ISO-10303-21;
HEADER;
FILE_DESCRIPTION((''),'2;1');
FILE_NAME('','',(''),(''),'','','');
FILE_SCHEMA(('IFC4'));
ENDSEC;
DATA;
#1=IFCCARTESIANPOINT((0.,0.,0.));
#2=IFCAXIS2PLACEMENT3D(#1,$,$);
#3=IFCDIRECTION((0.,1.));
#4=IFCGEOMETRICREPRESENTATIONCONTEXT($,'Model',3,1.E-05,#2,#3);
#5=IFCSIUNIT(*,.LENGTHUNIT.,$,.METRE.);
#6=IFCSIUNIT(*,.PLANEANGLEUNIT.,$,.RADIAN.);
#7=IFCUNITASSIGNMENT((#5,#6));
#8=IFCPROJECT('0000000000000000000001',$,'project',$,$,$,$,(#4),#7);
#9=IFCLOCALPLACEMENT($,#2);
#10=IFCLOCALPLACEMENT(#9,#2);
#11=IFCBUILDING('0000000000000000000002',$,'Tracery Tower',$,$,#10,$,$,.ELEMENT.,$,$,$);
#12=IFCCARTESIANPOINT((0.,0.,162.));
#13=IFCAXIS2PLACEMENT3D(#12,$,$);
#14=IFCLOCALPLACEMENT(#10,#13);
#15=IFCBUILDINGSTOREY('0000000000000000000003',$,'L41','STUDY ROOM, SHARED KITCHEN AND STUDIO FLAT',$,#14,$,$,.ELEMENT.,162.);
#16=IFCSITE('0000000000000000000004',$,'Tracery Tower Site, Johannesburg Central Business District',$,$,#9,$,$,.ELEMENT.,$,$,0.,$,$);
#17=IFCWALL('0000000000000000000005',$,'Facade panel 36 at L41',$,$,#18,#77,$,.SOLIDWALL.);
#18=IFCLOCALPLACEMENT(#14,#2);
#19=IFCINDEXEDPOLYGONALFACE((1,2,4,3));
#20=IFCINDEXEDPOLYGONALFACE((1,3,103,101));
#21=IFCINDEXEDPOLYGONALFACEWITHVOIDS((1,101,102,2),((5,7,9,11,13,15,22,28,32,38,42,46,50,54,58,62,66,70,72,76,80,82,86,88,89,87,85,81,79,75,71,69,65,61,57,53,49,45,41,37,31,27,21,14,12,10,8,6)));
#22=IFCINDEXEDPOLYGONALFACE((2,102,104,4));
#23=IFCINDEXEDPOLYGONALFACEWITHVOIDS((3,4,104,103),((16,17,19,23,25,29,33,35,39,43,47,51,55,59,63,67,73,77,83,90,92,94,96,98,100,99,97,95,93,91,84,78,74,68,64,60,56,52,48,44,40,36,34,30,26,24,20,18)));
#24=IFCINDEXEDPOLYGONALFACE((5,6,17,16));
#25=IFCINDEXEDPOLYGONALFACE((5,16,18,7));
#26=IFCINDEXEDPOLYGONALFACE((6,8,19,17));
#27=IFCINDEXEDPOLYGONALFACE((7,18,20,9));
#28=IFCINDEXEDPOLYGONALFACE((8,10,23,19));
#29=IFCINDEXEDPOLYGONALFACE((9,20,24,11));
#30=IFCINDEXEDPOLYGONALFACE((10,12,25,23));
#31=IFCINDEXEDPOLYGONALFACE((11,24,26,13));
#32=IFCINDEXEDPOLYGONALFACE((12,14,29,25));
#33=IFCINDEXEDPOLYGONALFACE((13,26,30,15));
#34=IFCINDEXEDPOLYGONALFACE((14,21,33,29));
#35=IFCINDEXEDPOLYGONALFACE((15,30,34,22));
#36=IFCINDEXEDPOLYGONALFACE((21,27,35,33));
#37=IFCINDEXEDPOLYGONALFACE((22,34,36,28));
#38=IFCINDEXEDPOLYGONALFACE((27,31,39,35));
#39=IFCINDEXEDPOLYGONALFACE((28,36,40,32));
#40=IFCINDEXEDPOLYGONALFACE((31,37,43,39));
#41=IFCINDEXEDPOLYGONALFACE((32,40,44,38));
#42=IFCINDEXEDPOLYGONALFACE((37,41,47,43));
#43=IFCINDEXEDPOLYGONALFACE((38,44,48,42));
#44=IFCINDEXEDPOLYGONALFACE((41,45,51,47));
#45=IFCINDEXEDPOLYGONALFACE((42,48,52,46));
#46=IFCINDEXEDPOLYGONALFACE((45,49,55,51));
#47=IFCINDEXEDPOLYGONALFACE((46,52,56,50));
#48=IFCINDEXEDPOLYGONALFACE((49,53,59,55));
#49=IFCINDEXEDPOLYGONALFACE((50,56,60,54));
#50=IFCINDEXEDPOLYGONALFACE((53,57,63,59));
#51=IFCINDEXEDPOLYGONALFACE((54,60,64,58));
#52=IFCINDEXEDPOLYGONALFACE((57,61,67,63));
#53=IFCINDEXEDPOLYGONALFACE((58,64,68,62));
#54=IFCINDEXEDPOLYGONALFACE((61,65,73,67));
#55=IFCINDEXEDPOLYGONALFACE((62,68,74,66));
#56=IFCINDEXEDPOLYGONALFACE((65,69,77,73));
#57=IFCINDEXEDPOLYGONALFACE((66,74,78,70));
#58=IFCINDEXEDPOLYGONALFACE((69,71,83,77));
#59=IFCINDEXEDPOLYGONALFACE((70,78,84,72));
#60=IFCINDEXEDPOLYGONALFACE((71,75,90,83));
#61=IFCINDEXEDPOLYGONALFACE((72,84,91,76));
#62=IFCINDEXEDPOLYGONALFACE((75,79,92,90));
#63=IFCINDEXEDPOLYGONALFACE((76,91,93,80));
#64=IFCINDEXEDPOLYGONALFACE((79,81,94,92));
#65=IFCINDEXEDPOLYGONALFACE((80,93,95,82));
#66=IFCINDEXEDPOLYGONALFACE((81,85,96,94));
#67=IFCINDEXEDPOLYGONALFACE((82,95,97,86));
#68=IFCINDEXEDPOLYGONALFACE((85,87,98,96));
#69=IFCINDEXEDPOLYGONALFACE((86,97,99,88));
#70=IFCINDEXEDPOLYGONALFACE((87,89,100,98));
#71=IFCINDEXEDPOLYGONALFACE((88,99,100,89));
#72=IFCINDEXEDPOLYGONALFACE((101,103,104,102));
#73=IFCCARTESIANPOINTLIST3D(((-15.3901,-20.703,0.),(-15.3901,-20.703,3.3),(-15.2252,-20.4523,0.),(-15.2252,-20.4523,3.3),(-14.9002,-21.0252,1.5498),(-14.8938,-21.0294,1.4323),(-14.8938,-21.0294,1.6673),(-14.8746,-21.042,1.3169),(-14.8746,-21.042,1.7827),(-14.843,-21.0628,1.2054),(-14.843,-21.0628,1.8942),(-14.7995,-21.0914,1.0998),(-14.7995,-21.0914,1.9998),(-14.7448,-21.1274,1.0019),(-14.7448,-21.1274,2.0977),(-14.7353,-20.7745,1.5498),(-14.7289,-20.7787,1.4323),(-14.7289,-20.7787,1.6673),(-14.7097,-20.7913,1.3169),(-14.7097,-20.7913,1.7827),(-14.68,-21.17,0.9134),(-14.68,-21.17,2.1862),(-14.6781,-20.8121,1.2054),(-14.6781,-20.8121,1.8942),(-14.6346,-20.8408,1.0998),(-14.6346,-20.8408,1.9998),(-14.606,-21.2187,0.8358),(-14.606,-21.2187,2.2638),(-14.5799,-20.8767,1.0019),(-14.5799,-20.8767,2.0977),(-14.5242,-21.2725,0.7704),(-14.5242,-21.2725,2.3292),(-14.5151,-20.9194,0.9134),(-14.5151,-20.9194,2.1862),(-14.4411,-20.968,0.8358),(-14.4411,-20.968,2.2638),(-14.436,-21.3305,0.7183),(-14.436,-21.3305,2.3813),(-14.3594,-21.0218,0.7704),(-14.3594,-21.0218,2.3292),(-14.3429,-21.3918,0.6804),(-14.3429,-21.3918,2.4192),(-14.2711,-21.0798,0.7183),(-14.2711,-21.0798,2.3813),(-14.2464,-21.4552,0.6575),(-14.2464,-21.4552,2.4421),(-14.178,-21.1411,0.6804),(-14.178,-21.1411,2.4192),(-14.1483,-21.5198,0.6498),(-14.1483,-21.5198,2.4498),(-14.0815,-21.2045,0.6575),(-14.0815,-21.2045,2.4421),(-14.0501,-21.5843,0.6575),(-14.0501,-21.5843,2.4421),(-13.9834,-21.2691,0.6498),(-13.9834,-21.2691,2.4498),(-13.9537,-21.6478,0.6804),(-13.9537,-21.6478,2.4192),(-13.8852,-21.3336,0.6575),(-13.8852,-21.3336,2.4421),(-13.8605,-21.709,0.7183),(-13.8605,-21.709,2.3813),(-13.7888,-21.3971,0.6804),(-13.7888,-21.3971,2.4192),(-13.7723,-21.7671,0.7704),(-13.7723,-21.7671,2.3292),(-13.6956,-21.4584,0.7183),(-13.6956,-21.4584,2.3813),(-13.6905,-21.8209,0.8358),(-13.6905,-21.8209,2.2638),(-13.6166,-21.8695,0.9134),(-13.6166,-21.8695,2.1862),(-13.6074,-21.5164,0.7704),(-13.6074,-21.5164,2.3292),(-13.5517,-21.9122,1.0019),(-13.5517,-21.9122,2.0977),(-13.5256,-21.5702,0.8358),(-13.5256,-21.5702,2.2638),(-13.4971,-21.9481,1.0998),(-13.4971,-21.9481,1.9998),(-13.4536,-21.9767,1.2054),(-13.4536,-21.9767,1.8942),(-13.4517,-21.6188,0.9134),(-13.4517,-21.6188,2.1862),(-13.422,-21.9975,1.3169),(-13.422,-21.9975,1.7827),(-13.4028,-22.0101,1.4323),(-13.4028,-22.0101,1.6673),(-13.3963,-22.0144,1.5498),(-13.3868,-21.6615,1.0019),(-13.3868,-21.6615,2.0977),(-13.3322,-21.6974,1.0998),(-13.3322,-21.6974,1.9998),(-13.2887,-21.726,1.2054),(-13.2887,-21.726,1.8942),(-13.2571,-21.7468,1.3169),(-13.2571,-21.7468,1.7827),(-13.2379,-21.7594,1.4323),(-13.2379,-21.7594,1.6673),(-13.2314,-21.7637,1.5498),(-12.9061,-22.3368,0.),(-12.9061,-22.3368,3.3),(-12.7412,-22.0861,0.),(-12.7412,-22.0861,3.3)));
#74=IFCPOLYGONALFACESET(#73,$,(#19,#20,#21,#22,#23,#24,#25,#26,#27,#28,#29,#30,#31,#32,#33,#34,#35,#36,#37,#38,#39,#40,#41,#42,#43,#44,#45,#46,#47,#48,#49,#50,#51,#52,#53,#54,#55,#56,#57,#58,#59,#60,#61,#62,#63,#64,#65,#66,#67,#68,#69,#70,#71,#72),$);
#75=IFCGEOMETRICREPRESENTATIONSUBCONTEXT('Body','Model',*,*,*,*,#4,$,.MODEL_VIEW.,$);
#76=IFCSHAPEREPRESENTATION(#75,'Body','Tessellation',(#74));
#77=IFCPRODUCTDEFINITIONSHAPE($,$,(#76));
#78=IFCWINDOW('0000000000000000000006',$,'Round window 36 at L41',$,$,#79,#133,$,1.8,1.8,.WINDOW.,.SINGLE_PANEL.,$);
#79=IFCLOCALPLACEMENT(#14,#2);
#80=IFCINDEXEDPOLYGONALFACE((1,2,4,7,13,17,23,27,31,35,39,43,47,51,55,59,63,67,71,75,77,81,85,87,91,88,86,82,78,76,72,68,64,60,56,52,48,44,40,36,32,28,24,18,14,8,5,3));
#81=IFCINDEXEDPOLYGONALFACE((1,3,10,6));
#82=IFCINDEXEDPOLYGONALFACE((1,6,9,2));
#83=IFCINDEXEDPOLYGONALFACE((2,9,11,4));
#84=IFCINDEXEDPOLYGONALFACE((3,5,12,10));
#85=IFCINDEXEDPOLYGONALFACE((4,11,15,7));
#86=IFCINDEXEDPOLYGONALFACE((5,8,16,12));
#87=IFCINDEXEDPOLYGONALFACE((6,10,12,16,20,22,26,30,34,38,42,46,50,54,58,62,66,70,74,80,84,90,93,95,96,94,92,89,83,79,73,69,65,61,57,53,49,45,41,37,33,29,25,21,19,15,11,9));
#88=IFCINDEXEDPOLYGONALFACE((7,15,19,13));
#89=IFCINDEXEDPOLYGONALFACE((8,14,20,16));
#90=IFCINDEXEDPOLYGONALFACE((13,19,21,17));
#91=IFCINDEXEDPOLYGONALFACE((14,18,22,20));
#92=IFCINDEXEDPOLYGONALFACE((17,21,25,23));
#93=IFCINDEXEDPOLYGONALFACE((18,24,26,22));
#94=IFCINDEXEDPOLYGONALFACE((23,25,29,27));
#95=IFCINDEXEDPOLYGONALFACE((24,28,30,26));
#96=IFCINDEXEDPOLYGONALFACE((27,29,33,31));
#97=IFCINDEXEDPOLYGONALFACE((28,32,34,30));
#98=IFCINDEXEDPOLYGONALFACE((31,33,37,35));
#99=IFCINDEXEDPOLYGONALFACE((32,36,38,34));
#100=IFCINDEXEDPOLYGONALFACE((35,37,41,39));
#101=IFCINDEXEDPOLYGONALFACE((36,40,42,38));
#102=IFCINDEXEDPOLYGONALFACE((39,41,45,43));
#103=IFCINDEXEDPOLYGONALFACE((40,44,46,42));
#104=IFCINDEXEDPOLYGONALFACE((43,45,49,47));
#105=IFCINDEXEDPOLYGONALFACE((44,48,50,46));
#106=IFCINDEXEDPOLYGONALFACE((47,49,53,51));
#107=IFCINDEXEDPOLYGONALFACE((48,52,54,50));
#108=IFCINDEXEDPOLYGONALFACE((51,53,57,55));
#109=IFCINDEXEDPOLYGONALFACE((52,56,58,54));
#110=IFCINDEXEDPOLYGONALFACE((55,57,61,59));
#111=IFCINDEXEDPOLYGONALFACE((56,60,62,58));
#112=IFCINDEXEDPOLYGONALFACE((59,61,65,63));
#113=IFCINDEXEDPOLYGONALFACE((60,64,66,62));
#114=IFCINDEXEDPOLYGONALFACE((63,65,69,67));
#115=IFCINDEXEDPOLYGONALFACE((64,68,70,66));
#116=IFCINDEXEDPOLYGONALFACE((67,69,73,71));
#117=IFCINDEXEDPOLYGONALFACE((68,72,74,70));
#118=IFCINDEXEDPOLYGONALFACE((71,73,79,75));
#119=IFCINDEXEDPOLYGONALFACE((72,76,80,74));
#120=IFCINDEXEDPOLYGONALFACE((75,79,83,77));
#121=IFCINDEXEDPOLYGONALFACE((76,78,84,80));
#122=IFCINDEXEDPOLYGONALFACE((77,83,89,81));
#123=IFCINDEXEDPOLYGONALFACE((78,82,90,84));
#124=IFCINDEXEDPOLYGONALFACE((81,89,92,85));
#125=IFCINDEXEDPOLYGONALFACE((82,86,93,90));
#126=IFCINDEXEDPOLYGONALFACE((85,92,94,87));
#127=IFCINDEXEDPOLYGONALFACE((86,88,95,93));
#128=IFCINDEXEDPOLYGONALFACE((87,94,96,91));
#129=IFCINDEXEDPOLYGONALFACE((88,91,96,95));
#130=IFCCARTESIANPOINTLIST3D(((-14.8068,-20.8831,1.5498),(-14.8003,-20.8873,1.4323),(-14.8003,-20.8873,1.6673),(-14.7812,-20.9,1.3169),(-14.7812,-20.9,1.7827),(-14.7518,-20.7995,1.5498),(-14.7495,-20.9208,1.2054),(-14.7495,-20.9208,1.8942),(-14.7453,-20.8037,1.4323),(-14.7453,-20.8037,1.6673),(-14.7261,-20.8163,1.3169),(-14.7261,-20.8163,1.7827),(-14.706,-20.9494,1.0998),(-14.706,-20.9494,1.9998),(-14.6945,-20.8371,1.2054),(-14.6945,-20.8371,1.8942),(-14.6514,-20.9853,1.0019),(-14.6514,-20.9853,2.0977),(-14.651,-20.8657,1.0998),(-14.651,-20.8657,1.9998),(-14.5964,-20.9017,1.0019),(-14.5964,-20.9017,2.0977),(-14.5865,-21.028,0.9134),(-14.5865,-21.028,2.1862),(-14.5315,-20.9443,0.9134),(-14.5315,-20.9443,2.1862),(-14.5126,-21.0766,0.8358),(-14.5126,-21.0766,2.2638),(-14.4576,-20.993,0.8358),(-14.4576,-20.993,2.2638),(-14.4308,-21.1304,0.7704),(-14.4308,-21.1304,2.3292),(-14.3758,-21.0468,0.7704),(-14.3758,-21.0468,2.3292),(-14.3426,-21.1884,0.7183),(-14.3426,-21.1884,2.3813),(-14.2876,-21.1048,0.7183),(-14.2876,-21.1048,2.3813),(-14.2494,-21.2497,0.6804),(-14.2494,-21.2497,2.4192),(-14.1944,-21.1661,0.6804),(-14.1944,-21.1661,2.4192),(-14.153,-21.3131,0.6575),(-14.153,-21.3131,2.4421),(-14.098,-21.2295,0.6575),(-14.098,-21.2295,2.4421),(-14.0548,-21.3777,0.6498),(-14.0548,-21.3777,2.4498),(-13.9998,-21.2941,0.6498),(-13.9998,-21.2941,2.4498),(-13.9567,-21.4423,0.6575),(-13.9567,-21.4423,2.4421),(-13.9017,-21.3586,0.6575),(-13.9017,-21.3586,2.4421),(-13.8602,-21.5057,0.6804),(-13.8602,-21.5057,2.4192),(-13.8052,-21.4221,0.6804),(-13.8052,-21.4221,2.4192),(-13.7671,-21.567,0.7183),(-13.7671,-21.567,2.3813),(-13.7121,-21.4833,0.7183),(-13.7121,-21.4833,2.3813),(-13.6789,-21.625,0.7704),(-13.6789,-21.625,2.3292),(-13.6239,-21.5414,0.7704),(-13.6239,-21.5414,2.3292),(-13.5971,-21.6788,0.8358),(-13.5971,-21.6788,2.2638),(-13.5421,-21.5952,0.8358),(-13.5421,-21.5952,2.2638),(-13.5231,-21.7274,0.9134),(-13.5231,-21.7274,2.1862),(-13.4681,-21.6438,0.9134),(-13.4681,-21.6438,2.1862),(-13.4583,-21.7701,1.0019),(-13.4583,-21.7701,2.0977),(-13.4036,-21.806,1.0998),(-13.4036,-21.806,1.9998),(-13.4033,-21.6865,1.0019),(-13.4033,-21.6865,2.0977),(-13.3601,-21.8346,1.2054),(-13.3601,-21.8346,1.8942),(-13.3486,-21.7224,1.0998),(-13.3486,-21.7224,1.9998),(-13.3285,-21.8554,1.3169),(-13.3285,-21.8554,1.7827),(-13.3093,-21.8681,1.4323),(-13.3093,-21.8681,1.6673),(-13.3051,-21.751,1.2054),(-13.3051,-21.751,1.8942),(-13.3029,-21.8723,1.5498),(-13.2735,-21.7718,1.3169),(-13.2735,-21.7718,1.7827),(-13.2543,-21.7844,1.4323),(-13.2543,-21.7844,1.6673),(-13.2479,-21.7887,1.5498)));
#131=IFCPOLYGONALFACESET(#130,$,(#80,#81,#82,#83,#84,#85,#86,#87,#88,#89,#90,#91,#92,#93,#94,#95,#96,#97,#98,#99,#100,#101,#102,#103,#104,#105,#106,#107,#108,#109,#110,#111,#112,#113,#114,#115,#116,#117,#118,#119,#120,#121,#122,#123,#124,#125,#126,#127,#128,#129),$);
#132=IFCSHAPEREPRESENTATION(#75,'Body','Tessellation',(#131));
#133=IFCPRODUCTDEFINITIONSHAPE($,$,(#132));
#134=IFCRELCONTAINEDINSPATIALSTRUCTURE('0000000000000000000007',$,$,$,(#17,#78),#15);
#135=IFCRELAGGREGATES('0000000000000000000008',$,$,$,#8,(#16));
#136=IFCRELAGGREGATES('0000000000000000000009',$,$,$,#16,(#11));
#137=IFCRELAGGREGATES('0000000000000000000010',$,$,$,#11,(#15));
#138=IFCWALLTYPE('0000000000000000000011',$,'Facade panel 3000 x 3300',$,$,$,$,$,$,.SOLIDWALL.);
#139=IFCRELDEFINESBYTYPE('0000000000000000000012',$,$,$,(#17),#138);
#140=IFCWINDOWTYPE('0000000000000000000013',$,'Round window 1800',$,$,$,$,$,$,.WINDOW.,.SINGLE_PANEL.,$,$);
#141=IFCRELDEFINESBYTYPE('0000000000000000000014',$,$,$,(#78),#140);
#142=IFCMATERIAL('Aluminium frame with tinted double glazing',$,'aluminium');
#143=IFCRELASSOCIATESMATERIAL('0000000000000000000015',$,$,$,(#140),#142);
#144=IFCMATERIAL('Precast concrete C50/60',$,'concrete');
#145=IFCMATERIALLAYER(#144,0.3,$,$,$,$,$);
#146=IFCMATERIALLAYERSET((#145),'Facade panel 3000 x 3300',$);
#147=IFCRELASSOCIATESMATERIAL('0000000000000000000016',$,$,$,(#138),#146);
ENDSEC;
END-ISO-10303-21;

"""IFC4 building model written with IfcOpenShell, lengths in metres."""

from ifc_helpers import new_model, si_unit, direction, frame, frame_2d, origin, origin_2d, place, context, subcontext, project, spatial, rectangle, circle, extrude, material, layer, layer_set, type_object, element, fill, save


model = new_model("IFC4")

# Units and contexts
model_context = context("Model", 3, precision=1e-05, world=origin(), true_north=direction((0.0, 1.0)))
body_context = subcontext(model_context, "Body", "Model", "MODEL_VIEW")
ifc_project = project(units=[si_unit("LENGTHUNIT", "METRE"), si_unit("PLANEANGLEUNIT", "RADIAN")], contexts=[model_context])

# Site, building, storey
site_placement = place(None, origin())
site = spatial("IfcSite", under=ifc_project, at=site_placement, Name="Tracery Tower Site, Johannesburg Central Business District", CompositionType="ELEMENT", RefElevation=0.0)
building_placement = place(site_placement, origin())
building = spatial("IfcBuilding", under=site, at=building_placement, Name="Tracery Tower", CompositionType="ELEMENT")
storey_placement = place(building_placement, frame((0.0, 0.0, 162.0)))
storey = spatial("IfcBuildingStorey", under=building, at=storey_placement, Name="L41", Description="STUDY ROOM, SHARED KITCHEN AND STUDIO FLAT", CompositionType="ELEMENT", Elevation=162.0)

# Wall, opening, window
ifc_material_1 = material(Name="Aluminium frame with tinted double glazing", Category="aluminium")
window_type = type_object("IfcWindowType", Name="Round window 1800", PartitioningType="SINGLE_PANEL", PredefinedType="WINDOW", material=ifc_material_1)
ifc_material_2 = material(Name="Precast concrete C50/60", Category="concrete")
ifc_layer_1 = layer(ifc_material_2, 0.3)
ifc_layer_set_1 = layer_set([ifc_layer_1], Name="Facade panel 3000 x 3300")
wall_type_1 = type_object("IfcWallType", Name="Facade panel 3000 x 3300", PredefinedType="SOLIDWALL", material=ifc_layer_set_1)
wall_1_placement = place(storey_placement, frame((-15.3076, -20.5776, 0.0), z_axis=(0.0, 0.0, 1.0), x_axis=(0.835471, -0.549535, 0.0)))
wall_1 = element("IfcWall", 1, at=wall_1_placement, inside=storey, type_object=wall_type_1, Name="Facade panel 36 at L41", PredefinedType="SOLIDWALL", context=body_context, shape_type="SweptSolid", body=[
    extrude(rectangle(XDim=2.9731, YDim=0.3, at=frame_2d((1.4866, 0.0))), origin(), (0.0, 0.0, 1.0), 3.3),
])
opening_1_placement = place(wall_1_placement, frame((1.4863, 0.0, 1.5498)))
opening_1 = element("IfcOpeningElement", 2, at=opening_1_placement, cuts=wall_1, PredefinedType="OPENING", context=body_context, shape_type="SweptSolid", body=[
    extrude(circle(Radius=0.9, at=origin_2d()), frame((0.0, 0.1599, 0.0), z_axis=(0.0, -1.0, 0.0), x_axis=(1.0, 0.0, 0.0)), (0.0, 0.0, 1.0), 0.3201),
])
window_1_placement = place(opening_1_placement, origin())
window_1 = element("IfcWindow", 3, at=window_1_placement, inside=storey, type_object=window_type, Name="Round window 36 at L41", OverallHeight=1.8, OverallWidth=1.8, PartitioningType="SINGLE_PANEL", PredefinedType="WINDOW", context=body_context, shape_type="SweptSolid", body=[
    extrude(circle(Radius=0.9, at=origin_2d()), frame((0.0, 0.1201, 0.0), z_axis=(0.0, -1.0, 0.0), x_axis=(1.0, 0.0, 0.0)), (0.0, 0.0, 1.0), 0.1001),
])
fill(opening_1, window_1)

save(model, "model.ifc")
